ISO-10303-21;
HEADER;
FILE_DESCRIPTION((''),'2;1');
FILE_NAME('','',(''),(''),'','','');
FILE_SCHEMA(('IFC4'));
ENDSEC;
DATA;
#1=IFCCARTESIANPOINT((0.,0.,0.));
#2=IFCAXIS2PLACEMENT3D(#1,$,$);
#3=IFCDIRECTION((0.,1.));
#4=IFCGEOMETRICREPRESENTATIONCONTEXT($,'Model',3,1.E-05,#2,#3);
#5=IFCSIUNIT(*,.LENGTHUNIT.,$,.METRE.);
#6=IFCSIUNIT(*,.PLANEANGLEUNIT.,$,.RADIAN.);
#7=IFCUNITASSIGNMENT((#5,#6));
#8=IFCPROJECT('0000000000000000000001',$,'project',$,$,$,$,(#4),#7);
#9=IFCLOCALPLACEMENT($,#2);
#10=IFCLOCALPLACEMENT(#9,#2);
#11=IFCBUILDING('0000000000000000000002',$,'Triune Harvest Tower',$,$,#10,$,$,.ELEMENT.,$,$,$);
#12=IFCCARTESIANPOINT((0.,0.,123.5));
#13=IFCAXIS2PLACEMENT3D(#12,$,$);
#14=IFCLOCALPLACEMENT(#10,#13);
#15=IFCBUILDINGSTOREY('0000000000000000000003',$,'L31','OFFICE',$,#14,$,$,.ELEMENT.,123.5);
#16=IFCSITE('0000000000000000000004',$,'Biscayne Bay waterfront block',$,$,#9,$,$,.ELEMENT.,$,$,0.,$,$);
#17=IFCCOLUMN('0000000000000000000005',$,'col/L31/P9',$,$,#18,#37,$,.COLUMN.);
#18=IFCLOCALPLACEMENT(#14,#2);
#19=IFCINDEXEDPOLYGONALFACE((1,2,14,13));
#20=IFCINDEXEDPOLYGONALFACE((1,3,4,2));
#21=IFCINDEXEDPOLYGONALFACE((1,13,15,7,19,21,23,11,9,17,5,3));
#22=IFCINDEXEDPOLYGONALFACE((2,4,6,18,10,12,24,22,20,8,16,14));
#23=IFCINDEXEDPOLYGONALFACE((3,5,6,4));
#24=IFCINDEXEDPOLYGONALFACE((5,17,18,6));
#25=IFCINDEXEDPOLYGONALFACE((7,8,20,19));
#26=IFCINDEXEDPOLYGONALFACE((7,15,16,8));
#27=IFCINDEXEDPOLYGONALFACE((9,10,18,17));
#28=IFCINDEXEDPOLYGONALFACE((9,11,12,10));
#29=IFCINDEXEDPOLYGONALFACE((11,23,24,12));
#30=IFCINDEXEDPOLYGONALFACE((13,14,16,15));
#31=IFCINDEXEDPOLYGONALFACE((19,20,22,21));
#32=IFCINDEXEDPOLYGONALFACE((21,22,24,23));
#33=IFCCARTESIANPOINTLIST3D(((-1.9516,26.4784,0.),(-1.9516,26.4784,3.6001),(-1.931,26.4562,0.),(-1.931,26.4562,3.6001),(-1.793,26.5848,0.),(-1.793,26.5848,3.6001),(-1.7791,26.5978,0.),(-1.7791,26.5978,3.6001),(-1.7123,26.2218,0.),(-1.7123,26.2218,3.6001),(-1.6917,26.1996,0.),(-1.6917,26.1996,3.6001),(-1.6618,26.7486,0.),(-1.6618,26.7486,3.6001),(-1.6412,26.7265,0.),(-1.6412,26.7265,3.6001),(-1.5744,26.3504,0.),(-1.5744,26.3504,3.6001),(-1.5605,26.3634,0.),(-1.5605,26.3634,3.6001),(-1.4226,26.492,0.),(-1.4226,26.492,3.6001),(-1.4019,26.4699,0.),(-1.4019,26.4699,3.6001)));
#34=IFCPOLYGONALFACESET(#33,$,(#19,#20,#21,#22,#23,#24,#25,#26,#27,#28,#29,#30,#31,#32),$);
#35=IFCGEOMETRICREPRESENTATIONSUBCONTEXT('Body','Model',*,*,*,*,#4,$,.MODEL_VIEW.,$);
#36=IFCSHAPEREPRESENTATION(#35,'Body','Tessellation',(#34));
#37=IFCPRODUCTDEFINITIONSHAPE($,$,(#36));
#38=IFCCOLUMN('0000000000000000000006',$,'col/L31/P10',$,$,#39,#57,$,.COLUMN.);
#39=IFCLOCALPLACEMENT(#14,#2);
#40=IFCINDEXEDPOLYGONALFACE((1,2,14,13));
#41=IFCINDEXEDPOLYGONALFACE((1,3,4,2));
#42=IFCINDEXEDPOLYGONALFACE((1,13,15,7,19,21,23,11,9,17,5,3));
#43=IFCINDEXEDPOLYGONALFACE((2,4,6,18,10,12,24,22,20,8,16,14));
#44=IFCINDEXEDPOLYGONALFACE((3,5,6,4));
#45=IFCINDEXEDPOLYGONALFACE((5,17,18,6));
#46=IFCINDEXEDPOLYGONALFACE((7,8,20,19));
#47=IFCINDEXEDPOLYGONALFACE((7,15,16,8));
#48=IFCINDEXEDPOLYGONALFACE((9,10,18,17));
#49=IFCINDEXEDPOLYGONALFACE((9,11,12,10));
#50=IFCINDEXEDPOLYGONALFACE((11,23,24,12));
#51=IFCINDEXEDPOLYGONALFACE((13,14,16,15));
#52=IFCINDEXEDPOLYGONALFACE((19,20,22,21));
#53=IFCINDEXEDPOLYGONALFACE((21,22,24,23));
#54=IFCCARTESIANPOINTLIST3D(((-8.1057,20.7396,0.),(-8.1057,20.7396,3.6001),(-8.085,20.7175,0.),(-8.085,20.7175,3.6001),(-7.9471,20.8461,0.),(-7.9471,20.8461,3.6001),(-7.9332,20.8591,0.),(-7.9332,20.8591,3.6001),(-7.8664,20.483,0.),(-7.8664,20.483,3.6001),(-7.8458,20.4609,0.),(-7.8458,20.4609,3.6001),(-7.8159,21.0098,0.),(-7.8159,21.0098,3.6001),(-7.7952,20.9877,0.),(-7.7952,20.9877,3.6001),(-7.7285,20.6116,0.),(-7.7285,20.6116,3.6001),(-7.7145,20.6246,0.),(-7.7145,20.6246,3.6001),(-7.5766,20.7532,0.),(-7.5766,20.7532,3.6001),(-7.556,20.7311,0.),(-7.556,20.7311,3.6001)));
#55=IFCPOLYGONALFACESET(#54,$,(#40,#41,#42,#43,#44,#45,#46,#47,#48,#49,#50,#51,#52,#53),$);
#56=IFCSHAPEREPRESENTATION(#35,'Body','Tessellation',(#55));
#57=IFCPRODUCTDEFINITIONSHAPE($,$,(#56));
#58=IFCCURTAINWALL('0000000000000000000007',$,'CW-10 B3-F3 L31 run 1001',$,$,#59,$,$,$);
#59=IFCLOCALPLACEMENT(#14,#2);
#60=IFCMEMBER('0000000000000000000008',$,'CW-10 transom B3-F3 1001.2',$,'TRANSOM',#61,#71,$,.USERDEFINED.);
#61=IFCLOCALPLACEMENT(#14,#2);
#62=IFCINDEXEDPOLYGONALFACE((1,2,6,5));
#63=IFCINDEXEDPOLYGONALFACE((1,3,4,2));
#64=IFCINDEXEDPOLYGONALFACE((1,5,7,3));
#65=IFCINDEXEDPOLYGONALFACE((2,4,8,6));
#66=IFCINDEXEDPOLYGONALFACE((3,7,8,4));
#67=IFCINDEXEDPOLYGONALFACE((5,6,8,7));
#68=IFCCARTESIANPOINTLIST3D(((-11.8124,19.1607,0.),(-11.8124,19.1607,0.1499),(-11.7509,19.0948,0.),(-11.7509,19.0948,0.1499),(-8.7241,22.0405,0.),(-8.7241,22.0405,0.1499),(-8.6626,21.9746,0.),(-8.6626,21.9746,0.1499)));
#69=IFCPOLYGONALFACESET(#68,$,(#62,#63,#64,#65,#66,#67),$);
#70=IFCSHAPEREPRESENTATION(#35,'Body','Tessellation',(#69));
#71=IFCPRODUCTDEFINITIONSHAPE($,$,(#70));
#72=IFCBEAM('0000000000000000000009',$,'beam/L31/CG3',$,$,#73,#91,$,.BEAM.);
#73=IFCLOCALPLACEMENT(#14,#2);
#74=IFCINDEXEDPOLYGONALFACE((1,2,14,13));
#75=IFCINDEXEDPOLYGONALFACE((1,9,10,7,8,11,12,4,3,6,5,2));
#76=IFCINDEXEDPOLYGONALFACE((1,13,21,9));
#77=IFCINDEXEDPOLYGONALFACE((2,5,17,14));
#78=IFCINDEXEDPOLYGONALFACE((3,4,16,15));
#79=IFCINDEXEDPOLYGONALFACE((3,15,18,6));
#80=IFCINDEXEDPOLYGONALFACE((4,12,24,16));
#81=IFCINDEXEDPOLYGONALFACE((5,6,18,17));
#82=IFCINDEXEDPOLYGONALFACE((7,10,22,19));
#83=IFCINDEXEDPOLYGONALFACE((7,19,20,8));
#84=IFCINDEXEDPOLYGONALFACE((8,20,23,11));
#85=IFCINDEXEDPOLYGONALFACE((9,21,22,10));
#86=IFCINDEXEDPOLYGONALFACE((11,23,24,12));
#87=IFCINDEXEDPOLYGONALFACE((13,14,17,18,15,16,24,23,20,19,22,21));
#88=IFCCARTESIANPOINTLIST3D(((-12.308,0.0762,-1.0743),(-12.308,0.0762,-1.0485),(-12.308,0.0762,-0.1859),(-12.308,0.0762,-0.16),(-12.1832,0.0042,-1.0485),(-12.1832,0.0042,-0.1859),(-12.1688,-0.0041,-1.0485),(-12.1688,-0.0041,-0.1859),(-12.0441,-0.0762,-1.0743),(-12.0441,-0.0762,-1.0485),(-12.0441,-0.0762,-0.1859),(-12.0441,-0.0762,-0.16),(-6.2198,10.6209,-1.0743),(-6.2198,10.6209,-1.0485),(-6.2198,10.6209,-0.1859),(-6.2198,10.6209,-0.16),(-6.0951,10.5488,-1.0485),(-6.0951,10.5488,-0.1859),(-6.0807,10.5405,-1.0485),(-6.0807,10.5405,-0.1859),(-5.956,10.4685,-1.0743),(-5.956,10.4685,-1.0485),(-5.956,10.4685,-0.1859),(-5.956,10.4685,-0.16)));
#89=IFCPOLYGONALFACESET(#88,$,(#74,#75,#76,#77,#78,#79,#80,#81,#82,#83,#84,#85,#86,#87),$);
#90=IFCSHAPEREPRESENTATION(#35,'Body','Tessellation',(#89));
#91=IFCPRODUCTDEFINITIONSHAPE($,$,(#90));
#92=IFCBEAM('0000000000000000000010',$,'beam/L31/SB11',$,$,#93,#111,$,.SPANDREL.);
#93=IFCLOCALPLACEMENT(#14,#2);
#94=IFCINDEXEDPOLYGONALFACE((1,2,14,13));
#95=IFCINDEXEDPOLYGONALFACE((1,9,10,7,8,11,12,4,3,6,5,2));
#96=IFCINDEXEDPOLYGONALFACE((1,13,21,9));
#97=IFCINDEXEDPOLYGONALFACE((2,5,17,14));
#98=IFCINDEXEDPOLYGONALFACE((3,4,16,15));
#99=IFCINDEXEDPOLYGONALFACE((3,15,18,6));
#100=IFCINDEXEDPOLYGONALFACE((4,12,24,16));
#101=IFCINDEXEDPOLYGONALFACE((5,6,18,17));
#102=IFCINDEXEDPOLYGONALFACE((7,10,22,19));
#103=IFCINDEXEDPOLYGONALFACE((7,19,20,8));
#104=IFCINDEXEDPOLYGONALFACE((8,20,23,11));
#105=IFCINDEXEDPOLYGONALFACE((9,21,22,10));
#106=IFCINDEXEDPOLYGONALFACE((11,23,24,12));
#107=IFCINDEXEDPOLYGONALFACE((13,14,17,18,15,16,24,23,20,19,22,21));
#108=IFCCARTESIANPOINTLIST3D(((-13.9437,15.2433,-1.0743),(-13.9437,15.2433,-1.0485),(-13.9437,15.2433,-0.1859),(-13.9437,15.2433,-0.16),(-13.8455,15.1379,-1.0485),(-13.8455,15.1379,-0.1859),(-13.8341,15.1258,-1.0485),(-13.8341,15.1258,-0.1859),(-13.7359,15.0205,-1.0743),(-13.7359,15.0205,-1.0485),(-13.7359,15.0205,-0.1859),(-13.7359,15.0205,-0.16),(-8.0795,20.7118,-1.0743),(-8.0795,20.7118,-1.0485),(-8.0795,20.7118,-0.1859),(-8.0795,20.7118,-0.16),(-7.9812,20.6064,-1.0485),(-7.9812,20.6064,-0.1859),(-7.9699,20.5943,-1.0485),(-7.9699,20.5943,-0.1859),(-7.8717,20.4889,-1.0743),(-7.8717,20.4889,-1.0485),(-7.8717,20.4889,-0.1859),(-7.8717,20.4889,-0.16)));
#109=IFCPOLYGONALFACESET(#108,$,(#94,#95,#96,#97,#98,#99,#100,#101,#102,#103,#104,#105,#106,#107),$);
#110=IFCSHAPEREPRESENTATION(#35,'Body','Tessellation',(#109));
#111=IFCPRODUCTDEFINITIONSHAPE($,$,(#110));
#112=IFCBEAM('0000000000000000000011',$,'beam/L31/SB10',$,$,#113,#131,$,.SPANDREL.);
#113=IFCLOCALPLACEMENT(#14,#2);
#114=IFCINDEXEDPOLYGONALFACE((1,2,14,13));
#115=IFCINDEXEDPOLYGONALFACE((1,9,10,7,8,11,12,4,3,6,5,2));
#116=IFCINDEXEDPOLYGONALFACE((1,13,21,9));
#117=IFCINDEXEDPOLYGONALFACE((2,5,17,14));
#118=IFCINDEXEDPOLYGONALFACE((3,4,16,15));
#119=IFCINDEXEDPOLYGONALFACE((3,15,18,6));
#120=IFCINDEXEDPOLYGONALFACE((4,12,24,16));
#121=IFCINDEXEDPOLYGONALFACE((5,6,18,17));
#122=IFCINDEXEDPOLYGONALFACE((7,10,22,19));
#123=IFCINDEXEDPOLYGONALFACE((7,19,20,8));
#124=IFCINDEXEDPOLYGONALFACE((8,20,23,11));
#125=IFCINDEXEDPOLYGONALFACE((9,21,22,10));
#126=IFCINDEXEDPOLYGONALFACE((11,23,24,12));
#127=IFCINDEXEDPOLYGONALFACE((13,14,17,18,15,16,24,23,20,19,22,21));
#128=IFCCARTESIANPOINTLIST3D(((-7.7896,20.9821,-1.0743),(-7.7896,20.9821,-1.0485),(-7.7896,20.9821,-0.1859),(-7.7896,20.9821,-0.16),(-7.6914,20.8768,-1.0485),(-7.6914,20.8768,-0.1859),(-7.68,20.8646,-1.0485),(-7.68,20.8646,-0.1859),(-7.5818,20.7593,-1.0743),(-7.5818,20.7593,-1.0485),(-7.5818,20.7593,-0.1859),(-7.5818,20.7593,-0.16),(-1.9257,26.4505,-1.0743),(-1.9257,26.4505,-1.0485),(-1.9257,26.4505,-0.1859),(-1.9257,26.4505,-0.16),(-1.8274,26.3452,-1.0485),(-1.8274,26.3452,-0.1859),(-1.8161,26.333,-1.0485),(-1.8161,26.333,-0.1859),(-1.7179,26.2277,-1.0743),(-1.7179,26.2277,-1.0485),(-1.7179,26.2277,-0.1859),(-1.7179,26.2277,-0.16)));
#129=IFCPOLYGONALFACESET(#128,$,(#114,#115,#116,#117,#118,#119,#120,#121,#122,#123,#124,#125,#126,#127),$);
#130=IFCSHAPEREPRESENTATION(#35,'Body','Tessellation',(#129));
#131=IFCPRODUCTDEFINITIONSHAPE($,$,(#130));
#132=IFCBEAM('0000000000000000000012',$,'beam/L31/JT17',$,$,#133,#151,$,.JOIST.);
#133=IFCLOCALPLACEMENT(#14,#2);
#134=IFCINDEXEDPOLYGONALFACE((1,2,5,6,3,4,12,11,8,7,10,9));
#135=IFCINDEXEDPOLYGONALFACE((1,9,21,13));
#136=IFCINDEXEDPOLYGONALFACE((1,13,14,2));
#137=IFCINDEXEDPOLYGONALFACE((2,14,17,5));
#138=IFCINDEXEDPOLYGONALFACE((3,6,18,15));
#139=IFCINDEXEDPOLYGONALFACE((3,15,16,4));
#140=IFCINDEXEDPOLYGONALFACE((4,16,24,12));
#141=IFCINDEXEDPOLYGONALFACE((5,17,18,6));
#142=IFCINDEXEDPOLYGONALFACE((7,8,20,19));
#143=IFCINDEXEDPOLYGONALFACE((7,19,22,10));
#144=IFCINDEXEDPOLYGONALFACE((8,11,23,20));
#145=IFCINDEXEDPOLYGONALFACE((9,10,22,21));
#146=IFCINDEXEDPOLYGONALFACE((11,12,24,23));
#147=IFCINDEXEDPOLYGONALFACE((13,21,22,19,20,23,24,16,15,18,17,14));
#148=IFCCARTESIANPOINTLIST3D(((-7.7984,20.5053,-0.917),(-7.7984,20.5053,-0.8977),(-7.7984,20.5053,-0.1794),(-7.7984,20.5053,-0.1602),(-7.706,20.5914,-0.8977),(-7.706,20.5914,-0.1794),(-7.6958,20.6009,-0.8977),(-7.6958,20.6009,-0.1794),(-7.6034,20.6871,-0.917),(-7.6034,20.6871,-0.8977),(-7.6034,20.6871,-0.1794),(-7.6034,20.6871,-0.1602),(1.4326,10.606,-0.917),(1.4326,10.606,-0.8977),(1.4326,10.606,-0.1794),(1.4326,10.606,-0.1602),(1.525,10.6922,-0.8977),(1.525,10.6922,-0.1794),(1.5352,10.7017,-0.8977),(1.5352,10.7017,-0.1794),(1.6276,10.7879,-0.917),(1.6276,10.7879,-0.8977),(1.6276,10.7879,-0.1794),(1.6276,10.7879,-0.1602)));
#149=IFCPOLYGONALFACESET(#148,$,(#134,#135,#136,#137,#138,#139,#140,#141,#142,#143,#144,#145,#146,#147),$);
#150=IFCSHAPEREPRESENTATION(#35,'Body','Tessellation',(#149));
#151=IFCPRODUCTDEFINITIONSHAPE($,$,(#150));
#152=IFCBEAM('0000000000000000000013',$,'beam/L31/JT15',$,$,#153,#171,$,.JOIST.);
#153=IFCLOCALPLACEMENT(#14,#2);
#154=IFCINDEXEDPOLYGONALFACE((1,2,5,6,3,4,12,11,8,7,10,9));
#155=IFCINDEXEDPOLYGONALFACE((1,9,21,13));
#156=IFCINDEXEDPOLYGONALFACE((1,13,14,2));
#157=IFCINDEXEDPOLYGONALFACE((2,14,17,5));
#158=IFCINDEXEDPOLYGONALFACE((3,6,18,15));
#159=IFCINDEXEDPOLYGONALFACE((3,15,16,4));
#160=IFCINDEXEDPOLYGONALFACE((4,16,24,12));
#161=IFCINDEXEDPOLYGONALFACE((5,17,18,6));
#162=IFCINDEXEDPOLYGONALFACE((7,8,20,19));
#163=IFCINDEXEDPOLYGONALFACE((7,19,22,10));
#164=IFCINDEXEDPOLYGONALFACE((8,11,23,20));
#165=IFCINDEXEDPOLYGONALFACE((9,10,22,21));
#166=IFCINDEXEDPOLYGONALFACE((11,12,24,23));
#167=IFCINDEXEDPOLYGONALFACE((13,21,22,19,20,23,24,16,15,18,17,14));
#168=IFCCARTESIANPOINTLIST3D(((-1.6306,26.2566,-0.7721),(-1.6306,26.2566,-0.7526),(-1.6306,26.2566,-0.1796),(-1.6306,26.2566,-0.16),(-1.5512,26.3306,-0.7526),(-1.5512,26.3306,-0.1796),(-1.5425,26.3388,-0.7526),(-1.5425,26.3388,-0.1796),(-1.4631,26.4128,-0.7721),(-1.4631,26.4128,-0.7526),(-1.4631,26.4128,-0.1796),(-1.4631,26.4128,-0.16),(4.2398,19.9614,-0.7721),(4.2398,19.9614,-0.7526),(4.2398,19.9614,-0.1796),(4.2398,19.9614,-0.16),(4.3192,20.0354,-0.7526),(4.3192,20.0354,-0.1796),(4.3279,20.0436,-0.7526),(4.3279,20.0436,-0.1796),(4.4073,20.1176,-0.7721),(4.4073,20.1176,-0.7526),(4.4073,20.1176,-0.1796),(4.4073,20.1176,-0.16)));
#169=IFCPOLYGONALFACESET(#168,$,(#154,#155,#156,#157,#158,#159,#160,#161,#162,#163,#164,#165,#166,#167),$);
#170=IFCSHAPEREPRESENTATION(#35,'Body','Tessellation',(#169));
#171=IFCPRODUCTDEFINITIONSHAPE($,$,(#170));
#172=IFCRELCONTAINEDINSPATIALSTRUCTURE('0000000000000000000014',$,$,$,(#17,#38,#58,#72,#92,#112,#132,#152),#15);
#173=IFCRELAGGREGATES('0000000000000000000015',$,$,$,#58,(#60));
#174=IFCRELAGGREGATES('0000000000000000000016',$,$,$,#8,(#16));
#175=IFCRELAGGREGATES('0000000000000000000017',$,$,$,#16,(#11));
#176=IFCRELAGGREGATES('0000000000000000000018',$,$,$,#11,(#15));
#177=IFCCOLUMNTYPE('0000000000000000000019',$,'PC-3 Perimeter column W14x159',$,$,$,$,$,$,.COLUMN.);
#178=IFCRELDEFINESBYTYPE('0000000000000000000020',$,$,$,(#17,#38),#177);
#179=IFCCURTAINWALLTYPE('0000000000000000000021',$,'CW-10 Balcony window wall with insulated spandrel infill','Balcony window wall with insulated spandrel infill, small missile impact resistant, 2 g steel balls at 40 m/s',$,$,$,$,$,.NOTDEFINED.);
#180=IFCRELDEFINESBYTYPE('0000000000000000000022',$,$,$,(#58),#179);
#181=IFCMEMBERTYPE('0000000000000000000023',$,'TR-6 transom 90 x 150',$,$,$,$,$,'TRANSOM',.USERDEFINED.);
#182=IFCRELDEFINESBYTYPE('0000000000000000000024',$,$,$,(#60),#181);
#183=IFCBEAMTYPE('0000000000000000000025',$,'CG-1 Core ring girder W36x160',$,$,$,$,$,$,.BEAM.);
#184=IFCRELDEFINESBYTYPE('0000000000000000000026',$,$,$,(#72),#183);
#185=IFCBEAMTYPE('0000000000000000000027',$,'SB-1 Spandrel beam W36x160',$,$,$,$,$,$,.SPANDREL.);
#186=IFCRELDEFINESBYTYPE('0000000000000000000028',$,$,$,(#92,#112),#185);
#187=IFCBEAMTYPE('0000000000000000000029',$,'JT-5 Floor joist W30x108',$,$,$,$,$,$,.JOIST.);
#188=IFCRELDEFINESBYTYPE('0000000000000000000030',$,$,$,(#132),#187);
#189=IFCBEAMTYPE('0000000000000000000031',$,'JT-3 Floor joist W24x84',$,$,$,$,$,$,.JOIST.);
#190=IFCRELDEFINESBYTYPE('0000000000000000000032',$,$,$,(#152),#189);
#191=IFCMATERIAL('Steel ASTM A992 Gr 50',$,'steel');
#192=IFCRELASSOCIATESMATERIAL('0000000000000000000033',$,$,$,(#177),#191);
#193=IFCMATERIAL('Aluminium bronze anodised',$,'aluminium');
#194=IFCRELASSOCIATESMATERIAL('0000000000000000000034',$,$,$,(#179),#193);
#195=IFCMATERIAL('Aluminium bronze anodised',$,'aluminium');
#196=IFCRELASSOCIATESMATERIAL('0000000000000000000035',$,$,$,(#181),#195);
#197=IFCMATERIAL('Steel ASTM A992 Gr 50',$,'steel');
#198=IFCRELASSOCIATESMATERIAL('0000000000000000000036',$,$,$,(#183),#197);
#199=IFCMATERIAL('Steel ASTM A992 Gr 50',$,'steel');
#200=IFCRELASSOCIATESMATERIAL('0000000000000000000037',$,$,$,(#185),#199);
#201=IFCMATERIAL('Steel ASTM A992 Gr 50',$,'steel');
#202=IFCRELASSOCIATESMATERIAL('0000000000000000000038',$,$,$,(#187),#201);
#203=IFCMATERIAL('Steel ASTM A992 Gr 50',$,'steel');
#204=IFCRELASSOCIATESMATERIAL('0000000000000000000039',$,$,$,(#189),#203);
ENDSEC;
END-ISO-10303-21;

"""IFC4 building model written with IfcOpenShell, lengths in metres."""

from ifc_helpers import new_model, si_unit, direction, frame, origin, origin_2d, place, context, subcontext, project, spatial, rectangle, i_section, extrude, source, transform, mapped, material, material_profile, profile_set, type_object, element, aggregate, save


model = new_model("IFC4")

# Units and contexts
model_context = context("Model", 3, precision=1e-05, world=origin(), true_north=direction((0.0, 1.0)))
body_context = subcontext(model_context, "Body", "Model", "MODEL_VIEW")
ifc_project = project(units=[si_unit("LENGTHUNIT", "METRE"), si_unit("PLANEANGLEUNIT", "RADIAN")], contexts=[model_context])

# Site, building, storey
site_placement = place(None, origin())
site = spatial("IfcSite", under=ifc_project, at=site_placement, Name="Biscayne Bay waterfront block", CompositionType="ELEMENT", RefElevation=0.0)
building_placement = place(site_placement, origin())
building = spatial("IfcBuilding", under=site, at=building_placement, Name="Triune Harvest Tower", CompositionType="ELEMENT")
storey_placement = place(building_placement, frame((0.0, 0.0, 123.5)))
storey = spatial("IfcBuildingStorey", under=building, at=storey_placement, Name="L31", Description="OFFICE", CompositionType="ELEMENT", Elevation=123.5)

# Columns
ifc_material_1 = material(Name="Steel ASTM A992 Gr 50", Category="steel")
ifc_material_profile_1 = material_profile(ifc_material_1, i_section(OverallWidth=0.3962, OverallDepth=0.3811, WebThickness=0.019, FlangeThickness=0.0303, at=origin_2d()), Name="W14x159")
ifc_profile_set_1 = profile_set([ifc_material_profile_1], Name="Steel ASTM A992 Gr 50")
column_type = type_object("IfcColumnType", Name="PC-3 Perimeter column W14x159", PredefinedType="COLUMN", material=ifc_profile_set_1)
shared_shape_1 = source(origin(), body_context, "Body", "SweptSolid", [
    extrude(i_section(OverallWidth=0.3962, OverallDepth=0.3811, WebThickness=0.019, FlangeThickness=0.0303, at=origin_2d()), origin(), (0.0, 0.0, 1.0), 3.6001),
])
for number, where, z_axis, x_axis, name in (
    (1, (-1.6768, 26.4741, 0.0), (0.0, 0.0, 1.0), (-0.731355, -0.681997, 0.0), "col/L31/P9"),
    (2, (-7.8308, 20.7354, 0.0), (0.0, 0.0, 1.0), (-0.731355, -0.681997, 0.0), "col/L31/P10"),
):
    element("IfcColumn", number, at=place(storey_placement, frame(where, z_axis=z_axis, x_axis=x_axis)), inside=storey, type_object=column_type, Name=name, PredefinedType="COLUMN", context=body_context, shape_type="MappedRepresentation", body=[
        mapped(shared_shape_1, transform((0.0, 0.0, 0.0), scale=1.0)),
    ])

# Curtain wall, member
ifc_material_2 = material(Name="Aluminium bronze anodised", Category="aluminium")
curtain_wall_type_1 = type_object("IfcCurtainWallType", Name="CW-10 Balcony window wall with insulated spandrel infill", Description="Balcony window wall with insulated spandrel infill, small missile impact resistant, 2 g steel balls at 40 m/s", PredefinedType="NOTDEFINED", material=ifc_material_2)
curtain_wall_1_placement = place(storey_placement, origin())
curtain_wall_1 = element("IfcCurtainWall", 3, at=curtain_wall_1_placement, inside=storey, type_object=curtain_wall_type_1, Name="CW-10 B3-F3 L31 run 1001")
ifc_material_3 = material(Name="Aluminium bronze anodised", Category="aluminium")
ifc_material_profile_2 = material_profile(ifc_material_3, rectangle(XDim=0.0901, YDim=0.1499, at=origin_2d()), Name="TR-6 transom 90 x 150")
ifc_profile_set_2 = profile_set([ifc_material_profile_2], Name="Aluminium bronze anodised")
member_type_1 = type_object("IfcMemberType", Name="TR-6 transom 90 x 150", ElementType="TRANSOM", PredefinedType="USERDEFINED", material=ifc_profile_set_2)
member_1_placement = place(storey_placement, frame((-8.6934, 22.0076, 0.075), z_axis=(-0.731363, -0.681989, 0.0), x_axis=(0.681989, -0.731363, 0.0)))
member_1 = element("IfcMember", 4, at=member_1_placement, type_object=member_type_1, Name="CW-10 transom B3-F3 1001.2", ObjectType="TRANSOM", PredefinedType="USERDEFINED", context=body_context, shape_type="SweptSolid", body=[
    extrude(rectangle(XDim=0.0901, YDim=0.1499, at=origin_2d()), origin(), (0.0, 0.0, 1.0), 4.2227),
])

# Beams
ifc_material_4 = material(Name="Steel ASTM A992 Gr 50", Category="steel")
ifc_material_profile_3 = material_profile(ifc_material_4, i_section(OverallWidth=0.3047, OverallDepth=0.9143, WebThickness=0.0166, FlangeThickness=0.0259, at=origin_2d()), Name="W36x160")
ifc_profile_set_3 = profile_set([ifc_material_profile_3], Name="Steel ASTM A992 Gr 50")
beam_type_1 = type_object("IfcBeamType", Name="CG-1 Core ring girder W36x160", PredefinedType="BEAM", material=ifc_profile_set_3)
shared_shape_2 = source(origin(), body_context, "Body", "SweptSolid", [
    extrude(i_section(OverallWidth=0.3047, OverallDepth=0.9143, WebThickness=0.0166, FlangeThickness=0.0259, at=origin_2d()), origin(), (0.0, 0.0, 1.0), 12.176),
])
beam_1_placement = place(storey_placement, frame((-6.0879, 10.5447, -0.6172), z_axis=(-0.50001, -0.86602, 0.0), x_axis=(0.86602, -0.50001, 0.0)))
element("IfcBeam", 5, at=beam_1_placement, inside=storey, type_object=beam_type_1, Name="beam/L31/CG3", PredefinedType="BEAM", context=body_context, shape_type="MappedRepresentation", body=[
    mapped(shared_shape_2, transform((0.0, 0.0, 0.0), scale=1.0)),
])
ifc_material_5 = material(Name="Steel ASTM A992 Gr 50", Category="steel")
ifc_material_profile_4 = material_profile(ifc_material_5, i_section(OverallWidth=0.3047, OverallDepth=0.9143, WebThickness=0.0166, FlangeThickness=0.0259, at=origin_2d()), Name="W36x160")
ifc_profile_set_4 = profile_set([ifc_material_profile_4], Name="Steel ASTM A992 Gr 50")
beam_type_2 = type_object("IfcBeamType", Name="SB-1 Spandrel beam W36x160", PredefinedType="SPANDREL", material=ifc_profile_set_4)
shared_shape_3 = source(origin(), body_context, "Body", "SweptSolid", [
    extrude(i_section(OverallWidth=0.3047, OverallDepth=0.9143, WebThickness=0.0166, FlangeThickness=0.0259, at=origin_2d()), origin(), (0.0, 0.0, 1.0), 8.0183),
])
beam_2_placement = place(storey_placement, frame((-7.9756, 20.6003, -0.6172), z_axis=(-0.731354, -0.681998, 0.0), x_axis=(0.681998, -0.731354, 0.0)))
element("IfcBeam", 6, at=beam_2_placement, inside=storey, type_object=beam_type_2, Name="beam/L31/SB11", PredefinedType="SPANDREL", context=body_context, shape_type="MappedRepresentation", body=[
    mapped(shared_shape_3, transform((0.0, 0.0, 0.0), scale=1.0)),
])
shared_shape_4 = source(origin(), body_context, "Body", "SweptSolid", [
    extrude(i_section(OverallWidth=0.3047, OverallDepth=0.9143, WebThickness=0.0166, FlangeThickness=0.0259, at=origin_2d()), origin(), (0.0, 0.0, 1.0), 8.0181),
])
beam_3_placement = place(storey_placement, frame((-1.8218, 26.3391, -0.6172), z_axis=(-0.73134, -0.682013, 0.0), x_axis=(0.682013, -0.73134, 0.0)))
element("IfcBeam", 7, at=beam_3_placement, inside=storey, type_object=beam_type_2, Name="beam/L31/SB10", PredefinedType="SPANDREL", context=body_context, shape_type="MappedRepresentation", body=[
    mapped(shared_shape_4, transform((0.0, 0.0, 0.0), scale=1.0)),
])
ifc_material_6 = material(Name="Steel ASTM A992 Gr 50", Category="steel")
ifc_material_profile_5 = material_profile(ifc_material_6, i_section(OverallWidth=0.2666, OverallDepth=0.7568, WebThickness=0.0139, FlangeThickness=0.0193, at=origin_2d()), Name="W30x108")
ifc_profile_set_5 = profile_set([ifc_material_profile_5], Name="Steel ASTM A992 Gr 50")
beam_type_3 = type_object("IfcBeamType", Name="JT-5 Floor joist W30x108", PredefinedType="JOIST", material=ifc_profile_set_5)
shared_shape_5 = source(origin(), body_context, "Body", "SweptSolid", [
    extrude(i_section(OverallWidth=0.2666, OverallDepth=0.7568, WebThickness=0.0139, FlangeThickness=0.0193, at=origin_2d()), origin(), (0.0, 0.0, 1.0), 13.5354),
])
beam_4_placement = place(storey_placement, frame((-7.7009, 20.5962, -0.5386), z_axis=(0.681992, -0.73136, 0.0), x_axis=(0.73136, 0.681992, 0.0)))
element("IfcBeam", 8, at=beam_4_placement, inside=storey, type_object=beam_type_3, Name="beam/L31/JT17", PredefinedType="JOIST", context=body_context, shape_type="MappedRepresentation", body=[
    mapped(shared_shape_5, transform((0.0, 0.0, 0.0), scale=1.0)),
])
ifc_material_7 = material(Name="Steel ASTM A992 Gr 50", Category="steel")
ifc_material_profile_6 = material_profile(ifc_material_7, i_section(OverallWidth=0.229, OverallDepth=0.6121, WebThickness=0.012, FlangeThickness=0.0195, at=origin_2d()), Name="W24x84")
ifc_profile_set_6 = profile_set([ifc_material_profile_6], Name="Steel ASTM A992 Gr 50")
beam_type_4 = type_object("IfcBeamType", Name="JT-3 Floor joist W24x84", PredefinedType="JOIST", material=ifc_profile_set_6)
shared_shape_6 = source(origin(), body_context, "Body", "SweptSolid", [
    extrude(i_section(OverallWidth=0.229, OverallDepth=0.6121, WebThickness=0.012, FlangeThickness=0.0195, at=origin_2d()), origin(), (0.0, 0.0, 1.0), 8.6077),
])
beam_5_placement = place(storey_placement, frame((-1.5469, 26.3347, -0.4661), z_axis=(0.682, -0.731352, 0.0), x_axis=(0.731352, 0.682, 0.0)))
element("IfcBeam", 9, at=beam_5_placement, inside=storey, type_object=beam_type_4, Name="beam/L31/JT15", PredefinedType="JOIST", context=body_context, shape_type="MappedRepresentation", body=[
    mapped(shared_shape_6, transform((0.0, 0.0, 0.0), scale=1.0)),
])

aggregate(curtain_wall_1, [member_1])

save(model, "model.ifc")
